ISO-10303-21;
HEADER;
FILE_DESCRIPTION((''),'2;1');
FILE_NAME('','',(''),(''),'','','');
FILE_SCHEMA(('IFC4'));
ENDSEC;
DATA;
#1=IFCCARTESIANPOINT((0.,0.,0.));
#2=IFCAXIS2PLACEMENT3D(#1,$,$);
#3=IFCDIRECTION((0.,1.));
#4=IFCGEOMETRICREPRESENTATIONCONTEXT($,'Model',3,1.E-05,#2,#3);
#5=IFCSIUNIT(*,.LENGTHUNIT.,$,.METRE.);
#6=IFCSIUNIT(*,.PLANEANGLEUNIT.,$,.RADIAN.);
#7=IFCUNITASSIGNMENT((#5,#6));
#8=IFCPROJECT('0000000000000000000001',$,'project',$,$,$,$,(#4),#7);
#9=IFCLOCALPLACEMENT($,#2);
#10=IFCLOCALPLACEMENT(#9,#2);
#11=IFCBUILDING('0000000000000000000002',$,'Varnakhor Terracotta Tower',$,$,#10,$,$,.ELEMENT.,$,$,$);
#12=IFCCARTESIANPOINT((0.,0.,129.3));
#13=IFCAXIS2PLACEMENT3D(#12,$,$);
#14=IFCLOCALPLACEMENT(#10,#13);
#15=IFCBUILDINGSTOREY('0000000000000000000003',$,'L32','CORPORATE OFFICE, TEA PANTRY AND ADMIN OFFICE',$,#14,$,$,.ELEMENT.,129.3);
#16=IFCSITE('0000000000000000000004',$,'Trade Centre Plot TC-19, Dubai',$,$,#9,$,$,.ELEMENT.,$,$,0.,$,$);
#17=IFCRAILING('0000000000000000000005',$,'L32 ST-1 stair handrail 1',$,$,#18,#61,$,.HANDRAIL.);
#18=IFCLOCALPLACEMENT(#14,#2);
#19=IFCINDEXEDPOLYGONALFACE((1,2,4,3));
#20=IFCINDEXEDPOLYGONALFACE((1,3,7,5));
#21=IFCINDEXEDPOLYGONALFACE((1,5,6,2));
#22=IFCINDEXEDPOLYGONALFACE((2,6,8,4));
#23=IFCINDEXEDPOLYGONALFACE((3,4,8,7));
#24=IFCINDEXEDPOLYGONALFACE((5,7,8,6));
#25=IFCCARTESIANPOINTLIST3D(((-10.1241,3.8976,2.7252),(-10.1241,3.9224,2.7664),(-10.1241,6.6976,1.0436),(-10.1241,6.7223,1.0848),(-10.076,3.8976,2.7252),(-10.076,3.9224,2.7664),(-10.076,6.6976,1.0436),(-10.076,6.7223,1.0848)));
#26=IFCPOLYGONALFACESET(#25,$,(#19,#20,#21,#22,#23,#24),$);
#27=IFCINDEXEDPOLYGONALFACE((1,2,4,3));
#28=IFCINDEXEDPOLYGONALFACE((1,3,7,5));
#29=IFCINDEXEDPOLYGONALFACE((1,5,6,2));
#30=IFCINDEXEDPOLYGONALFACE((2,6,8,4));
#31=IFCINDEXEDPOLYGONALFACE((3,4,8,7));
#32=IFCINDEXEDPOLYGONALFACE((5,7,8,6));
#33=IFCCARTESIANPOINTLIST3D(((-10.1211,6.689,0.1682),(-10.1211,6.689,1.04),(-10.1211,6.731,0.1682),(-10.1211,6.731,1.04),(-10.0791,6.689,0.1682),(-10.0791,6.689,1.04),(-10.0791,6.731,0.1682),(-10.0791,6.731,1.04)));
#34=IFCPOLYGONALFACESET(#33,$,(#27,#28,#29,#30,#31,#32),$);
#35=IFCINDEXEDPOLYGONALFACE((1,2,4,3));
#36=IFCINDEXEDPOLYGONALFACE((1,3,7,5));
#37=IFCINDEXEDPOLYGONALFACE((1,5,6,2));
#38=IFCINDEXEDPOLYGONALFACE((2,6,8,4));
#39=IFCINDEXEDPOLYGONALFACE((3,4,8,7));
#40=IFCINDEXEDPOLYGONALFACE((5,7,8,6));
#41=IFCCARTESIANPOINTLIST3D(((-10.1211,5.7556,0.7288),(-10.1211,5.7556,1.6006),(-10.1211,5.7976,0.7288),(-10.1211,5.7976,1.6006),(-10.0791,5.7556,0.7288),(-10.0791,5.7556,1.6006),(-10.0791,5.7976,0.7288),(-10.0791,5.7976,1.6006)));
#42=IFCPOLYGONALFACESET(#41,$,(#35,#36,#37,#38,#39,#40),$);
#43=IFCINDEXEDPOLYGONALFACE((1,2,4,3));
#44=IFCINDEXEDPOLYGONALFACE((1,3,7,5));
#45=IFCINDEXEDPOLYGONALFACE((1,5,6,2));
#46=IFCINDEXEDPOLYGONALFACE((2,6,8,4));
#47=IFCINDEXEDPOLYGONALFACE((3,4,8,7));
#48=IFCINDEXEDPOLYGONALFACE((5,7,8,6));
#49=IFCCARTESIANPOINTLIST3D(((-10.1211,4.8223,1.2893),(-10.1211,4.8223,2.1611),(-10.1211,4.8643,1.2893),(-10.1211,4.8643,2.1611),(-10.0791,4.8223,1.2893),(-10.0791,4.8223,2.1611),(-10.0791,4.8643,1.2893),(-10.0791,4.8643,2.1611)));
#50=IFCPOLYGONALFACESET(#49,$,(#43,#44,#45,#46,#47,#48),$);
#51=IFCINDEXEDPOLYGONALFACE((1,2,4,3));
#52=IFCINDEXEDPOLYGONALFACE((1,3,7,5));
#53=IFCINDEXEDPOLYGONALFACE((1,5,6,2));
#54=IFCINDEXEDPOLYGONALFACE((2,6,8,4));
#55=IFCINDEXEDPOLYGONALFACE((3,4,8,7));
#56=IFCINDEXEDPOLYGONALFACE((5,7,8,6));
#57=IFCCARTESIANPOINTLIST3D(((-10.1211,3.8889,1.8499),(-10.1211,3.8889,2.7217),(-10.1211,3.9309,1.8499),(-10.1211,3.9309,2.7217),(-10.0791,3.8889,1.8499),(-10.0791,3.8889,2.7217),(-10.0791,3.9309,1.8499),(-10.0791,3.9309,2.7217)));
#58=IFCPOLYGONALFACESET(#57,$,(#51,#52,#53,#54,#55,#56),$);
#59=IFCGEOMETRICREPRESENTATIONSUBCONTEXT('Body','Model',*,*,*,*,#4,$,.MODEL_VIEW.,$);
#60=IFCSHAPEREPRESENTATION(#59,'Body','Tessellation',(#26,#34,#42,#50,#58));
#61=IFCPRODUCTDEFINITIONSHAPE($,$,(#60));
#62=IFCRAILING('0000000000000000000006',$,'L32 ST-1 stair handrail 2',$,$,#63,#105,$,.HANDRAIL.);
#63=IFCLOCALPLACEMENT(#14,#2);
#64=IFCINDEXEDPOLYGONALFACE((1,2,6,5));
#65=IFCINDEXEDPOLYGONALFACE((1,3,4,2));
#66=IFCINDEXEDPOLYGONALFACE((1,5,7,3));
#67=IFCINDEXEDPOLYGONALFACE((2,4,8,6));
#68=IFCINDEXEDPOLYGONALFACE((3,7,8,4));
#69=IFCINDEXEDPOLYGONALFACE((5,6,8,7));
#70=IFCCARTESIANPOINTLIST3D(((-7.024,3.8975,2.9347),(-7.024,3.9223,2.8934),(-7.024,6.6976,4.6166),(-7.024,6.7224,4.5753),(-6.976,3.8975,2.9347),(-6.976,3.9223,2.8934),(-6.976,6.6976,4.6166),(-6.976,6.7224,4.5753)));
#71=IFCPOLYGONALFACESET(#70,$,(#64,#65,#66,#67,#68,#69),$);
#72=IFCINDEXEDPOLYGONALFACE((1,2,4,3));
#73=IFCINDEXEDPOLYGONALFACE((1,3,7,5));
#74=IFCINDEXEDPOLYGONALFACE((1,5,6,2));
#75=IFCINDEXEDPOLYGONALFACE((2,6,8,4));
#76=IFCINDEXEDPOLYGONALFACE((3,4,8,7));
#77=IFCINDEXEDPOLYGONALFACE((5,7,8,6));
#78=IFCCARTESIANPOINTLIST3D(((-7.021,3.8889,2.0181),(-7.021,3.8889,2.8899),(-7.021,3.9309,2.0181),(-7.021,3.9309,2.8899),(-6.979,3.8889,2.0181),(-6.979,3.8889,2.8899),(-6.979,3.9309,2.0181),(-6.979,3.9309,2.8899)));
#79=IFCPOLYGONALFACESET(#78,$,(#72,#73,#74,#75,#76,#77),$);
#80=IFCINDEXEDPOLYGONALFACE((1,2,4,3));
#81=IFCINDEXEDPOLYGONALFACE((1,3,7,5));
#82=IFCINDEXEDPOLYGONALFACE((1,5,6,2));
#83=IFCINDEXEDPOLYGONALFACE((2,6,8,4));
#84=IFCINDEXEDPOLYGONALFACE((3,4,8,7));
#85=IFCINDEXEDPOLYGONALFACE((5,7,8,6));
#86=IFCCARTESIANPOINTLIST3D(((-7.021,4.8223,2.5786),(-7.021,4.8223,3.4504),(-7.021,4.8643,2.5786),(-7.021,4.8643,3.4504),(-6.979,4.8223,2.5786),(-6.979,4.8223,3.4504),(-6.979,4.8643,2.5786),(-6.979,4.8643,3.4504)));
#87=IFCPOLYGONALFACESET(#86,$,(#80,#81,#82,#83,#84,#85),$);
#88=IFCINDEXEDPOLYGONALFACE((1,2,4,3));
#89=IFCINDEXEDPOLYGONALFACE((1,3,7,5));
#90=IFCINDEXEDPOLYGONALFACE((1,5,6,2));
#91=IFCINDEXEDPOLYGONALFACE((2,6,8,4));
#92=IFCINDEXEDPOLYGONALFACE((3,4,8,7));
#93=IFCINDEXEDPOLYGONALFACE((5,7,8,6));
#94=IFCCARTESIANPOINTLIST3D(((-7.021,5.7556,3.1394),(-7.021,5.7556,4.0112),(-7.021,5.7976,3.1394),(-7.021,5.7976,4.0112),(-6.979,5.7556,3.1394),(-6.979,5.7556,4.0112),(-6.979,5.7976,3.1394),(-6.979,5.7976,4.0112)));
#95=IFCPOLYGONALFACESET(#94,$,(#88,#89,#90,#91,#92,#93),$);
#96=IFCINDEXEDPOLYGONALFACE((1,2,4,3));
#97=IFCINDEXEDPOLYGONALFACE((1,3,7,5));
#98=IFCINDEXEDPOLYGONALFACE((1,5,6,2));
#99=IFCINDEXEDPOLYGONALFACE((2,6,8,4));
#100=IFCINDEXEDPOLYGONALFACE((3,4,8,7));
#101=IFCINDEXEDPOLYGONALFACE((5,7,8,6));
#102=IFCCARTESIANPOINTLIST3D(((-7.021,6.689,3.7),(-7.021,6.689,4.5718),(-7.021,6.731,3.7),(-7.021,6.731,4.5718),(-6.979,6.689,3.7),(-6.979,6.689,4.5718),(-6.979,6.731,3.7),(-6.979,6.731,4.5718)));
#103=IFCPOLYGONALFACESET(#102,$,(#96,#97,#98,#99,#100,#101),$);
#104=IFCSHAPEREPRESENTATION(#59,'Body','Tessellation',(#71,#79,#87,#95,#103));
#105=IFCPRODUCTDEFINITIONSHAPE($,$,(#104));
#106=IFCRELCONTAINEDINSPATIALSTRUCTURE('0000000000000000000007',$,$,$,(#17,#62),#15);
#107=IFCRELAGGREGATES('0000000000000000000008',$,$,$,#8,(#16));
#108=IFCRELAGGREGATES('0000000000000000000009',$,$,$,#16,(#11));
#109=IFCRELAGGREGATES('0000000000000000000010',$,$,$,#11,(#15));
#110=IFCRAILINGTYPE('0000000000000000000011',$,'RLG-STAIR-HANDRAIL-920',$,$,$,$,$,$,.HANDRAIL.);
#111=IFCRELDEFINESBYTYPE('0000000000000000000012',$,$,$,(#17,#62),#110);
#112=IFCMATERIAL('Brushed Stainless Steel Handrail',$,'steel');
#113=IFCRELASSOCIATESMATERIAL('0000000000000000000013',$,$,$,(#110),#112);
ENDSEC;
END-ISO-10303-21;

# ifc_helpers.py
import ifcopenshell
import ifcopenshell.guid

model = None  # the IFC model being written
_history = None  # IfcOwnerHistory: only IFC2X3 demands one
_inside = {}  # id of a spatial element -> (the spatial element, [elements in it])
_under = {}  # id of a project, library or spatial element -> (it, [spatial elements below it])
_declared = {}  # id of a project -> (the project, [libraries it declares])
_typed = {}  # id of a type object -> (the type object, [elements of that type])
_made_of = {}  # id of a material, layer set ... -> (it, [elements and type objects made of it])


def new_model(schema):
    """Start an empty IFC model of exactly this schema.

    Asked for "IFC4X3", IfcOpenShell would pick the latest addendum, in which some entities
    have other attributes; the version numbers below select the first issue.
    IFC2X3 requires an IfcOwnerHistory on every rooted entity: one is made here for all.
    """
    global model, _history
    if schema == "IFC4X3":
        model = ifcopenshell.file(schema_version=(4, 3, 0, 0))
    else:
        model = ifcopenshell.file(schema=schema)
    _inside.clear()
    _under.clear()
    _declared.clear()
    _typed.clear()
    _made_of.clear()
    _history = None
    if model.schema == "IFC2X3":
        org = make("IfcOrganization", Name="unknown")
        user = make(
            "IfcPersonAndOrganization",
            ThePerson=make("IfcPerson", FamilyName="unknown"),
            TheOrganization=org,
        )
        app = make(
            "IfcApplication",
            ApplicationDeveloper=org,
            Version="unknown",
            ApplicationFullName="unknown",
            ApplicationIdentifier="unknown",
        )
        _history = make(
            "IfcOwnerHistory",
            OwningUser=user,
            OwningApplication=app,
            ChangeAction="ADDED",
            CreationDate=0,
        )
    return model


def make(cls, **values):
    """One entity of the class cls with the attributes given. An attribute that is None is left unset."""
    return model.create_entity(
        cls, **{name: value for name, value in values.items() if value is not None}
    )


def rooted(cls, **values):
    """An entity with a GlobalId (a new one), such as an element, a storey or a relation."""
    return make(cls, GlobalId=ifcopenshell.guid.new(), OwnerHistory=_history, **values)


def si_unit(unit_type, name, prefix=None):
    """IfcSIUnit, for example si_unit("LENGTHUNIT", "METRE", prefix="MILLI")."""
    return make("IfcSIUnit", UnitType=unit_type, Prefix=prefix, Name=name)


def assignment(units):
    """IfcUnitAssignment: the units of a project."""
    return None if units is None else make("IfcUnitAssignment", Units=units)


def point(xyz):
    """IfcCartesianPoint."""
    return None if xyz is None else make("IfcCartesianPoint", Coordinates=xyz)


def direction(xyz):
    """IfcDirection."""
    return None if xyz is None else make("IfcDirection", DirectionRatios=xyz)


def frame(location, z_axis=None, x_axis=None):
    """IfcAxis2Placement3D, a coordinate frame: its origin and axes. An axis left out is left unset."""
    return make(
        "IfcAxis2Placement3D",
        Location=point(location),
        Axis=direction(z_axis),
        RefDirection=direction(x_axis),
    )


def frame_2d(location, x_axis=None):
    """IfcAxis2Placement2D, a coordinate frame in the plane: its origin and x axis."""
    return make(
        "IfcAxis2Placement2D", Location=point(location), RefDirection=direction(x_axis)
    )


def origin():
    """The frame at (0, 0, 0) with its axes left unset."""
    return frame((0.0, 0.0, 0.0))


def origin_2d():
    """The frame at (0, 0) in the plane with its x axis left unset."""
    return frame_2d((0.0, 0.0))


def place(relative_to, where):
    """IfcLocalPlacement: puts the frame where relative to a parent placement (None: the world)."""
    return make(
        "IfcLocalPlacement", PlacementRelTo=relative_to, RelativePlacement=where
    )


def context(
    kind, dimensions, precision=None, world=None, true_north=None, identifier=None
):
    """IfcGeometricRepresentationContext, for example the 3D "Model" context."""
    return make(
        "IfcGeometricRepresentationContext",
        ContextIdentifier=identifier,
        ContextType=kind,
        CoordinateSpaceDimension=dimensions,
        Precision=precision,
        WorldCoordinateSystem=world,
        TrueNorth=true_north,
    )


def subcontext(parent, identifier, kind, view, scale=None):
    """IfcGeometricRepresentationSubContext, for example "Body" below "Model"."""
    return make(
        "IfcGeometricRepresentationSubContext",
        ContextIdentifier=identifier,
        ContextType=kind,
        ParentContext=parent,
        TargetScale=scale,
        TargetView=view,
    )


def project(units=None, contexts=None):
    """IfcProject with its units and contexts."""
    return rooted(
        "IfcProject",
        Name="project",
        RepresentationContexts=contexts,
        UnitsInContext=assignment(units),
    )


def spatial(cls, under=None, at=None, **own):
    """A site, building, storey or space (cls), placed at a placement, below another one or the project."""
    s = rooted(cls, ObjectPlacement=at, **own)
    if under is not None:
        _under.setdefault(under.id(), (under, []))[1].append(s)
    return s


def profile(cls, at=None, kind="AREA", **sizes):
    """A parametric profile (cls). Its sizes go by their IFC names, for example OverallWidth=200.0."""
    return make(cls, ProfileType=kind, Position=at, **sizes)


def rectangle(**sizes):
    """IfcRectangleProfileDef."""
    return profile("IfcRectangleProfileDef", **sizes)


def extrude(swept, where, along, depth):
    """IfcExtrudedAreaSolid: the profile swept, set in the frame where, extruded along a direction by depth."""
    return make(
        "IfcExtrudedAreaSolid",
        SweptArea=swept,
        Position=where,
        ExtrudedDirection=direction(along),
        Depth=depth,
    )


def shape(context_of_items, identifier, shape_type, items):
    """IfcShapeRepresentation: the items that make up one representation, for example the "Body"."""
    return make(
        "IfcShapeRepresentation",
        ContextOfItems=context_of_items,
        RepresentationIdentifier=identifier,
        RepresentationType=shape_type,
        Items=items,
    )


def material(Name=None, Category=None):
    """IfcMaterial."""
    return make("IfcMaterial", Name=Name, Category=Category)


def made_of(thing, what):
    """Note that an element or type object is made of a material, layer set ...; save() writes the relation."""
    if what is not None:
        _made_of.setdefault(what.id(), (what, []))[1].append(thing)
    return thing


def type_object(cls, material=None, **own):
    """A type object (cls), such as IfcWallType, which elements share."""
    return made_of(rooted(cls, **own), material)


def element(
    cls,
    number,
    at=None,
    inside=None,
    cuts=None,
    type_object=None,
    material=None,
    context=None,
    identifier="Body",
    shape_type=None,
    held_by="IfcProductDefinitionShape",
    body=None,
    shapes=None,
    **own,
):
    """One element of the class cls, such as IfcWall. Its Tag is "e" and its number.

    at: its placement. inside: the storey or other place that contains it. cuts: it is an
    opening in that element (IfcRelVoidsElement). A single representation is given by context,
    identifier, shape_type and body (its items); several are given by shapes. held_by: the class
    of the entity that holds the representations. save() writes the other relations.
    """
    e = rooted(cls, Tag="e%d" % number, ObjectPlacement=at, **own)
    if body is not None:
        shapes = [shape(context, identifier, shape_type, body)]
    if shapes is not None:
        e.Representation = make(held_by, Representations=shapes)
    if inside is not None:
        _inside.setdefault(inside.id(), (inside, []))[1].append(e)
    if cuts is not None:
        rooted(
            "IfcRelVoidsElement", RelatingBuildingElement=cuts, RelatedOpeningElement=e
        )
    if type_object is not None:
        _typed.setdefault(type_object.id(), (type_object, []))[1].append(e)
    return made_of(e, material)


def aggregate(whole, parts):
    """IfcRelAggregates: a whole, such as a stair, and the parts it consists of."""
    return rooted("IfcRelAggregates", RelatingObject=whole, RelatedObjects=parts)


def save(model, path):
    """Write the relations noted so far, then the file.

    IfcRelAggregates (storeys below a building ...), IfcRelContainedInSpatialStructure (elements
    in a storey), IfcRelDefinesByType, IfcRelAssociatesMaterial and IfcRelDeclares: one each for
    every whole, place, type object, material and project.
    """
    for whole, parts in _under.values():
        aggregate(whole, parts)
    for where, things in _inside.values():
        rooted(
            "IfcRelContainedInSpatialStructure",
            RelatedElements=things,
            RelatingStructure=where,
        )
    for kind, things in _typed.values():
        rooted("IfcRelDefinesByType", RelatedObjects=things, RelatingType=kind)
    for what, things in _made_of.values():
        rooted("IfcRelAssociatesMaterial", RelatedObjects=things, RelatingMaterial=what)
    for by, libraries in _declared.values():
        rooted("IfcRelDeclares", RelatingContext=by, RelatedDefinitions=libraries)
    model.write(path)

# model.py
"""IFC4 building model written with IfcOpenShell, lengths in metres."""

from ifc_helpers import new_model, si_unit, direction, frame, origin, origin_2d, place, context, subcontext, project, spatial, rectangle, extrude, material, type_object, element, save


model = new_model("IFC4")

# Units and contexts
model_context = context("Model", 3, precision=1e-05, world=origin(), true_north=direction((0.0, 1.0)))
body_context = subcontext(model_context, "Body", "Model", "MODEL_VIEW")
ifc_project = project(units=[si_unit("LENGTHUNIT", "METRE"), si_unit("PLANEANGLEUNIT", "RADIAN")], contexts=[model_context])

# Site, building, storey
site_placement = place(None, origin())
site = spatial("IfcSite", under=ifc_project, at=site_placement, Name="Trade Centre Plot TC-19, Dubai", CompositionType="ELEMENT", RefElevation=0.0)
building_placement = place(site_placement, origin())
building = spatial("IfcBuilding", under=site, at=building_placement, Name="Varnakhor Terracotta Tower", CompositionType="ELEMENT")
storey_placement = place(building_placement, frame((0.0, 0.0, 129.3)))
storey = spatial("IfcBuildingStorey", under=building, at=storey_placement, Name="L32", Description="CORPORATE OFFICE, TEA PANTRY AND ADMIN OFFICE", CompositionType="ELEMENT", Elevation=129.3)

# Railings
ifc_material_1 = material(Name="Brushed Stainless Steel Handrail", Category="steel")
railing_type_1 = type_object("IfcRailingType", Name="RLG-STAIR-HANDRAIL-920", PredefinedType="HANDRAIL", material=ifc_material_1)
railing_1_placement = place(storey_placement, frame((-10.1001, 6.71, 0.1682)))
element("IfcRailing", 1, at=railing_1_placement, inside=storey, type_object=railing_type_1, Name="L32 ST-1 stair handrail 1", PredefinedType="HANDRAIL", context=body_context, shape_type="SweptSolid", body=[
    extrude(rectangle(XDim=0.0481, YDim=0.0481, at=origin_2d()), frame((0.0, 0.0, 0.896), z_axis=(0.0, -0.857275, 0.514858), x_axis=(1.0, 0.0, 0.0)), (0.0, 0.0, 1.0), 3.2661),
    extrude(rectangle(XDim=0.042, YDim=0.042, at=origin_2d()), origin(), (0.0, 0.0, 1.0), 0.8718),
    extrude(rectangle(XDim=0.042, YDim=0.042, at=origin_2d()), frame((0.0, -0.9333, 0.5605)), (0.0, 0.0, 1.0), 0.8718),
    extrude(rectangle(XDim=0.042, YDim=0.042, at=origin_2d()), frame((0.0, -1.8667, 1.1211)), (0.0, 0.0, 1.0), 0.8718),
    extrude(rectangle(XDim=0.042, YDim=0.042, at=origin_2d()), frame((0.0, -2.8, 1.6816)), (0.0, 0.0, 1.0), 0.8718),
])
railing_2_placement = place(storey_placement, frame((-7.0, 3.9099, 2.0181)))
element("IfcRailing", 2, at=railing_2_placement, inside=storey, type_object=railing_type_1, Name="L32 ST-1 stair handrail 2", PredefinedType="HANDRAIL", context=body_context, shape_type="SweptSolid", body=[
    extrude(rectangle(XDim=0.0481, YDim=0.0481, at=origin_2d()), frame((0.0, 0.0, 0.896), z_axis=(0.0, 0.857242, 0.514913), x_axis=(-1.0, 0.0, 0.0)), (0.0, 0.0, 1.0), 3.2664),
    extrude(rectangle(XDim=0.042, YDim=0.042, at=origin_2d()), origin(), (0.0, 0.0, 1.0), 0.8718),
    extrude(rectangle(XDim=0.042, YDim=0.042, at=origin_2d()), frame((0.0, 0.9333, 0.5605)), (0.0, 0.0, 1.0), 0.8718),
    extrude(rectangle(XDim=0.042, YDim=0.042, at=origin_2d()), frame((0.0, 1.8667, 1.1213)), (0.0, 0.0, 1.0), 0.8718),
    extrude(rectangle(XDim=0.042, YDim=0.042, at=origin_2d()), frame((0.0, 2.8, 1.6819)), (0.0, 0.0, 1.0), 0.8718),
])

save(model, "model.ifc")
